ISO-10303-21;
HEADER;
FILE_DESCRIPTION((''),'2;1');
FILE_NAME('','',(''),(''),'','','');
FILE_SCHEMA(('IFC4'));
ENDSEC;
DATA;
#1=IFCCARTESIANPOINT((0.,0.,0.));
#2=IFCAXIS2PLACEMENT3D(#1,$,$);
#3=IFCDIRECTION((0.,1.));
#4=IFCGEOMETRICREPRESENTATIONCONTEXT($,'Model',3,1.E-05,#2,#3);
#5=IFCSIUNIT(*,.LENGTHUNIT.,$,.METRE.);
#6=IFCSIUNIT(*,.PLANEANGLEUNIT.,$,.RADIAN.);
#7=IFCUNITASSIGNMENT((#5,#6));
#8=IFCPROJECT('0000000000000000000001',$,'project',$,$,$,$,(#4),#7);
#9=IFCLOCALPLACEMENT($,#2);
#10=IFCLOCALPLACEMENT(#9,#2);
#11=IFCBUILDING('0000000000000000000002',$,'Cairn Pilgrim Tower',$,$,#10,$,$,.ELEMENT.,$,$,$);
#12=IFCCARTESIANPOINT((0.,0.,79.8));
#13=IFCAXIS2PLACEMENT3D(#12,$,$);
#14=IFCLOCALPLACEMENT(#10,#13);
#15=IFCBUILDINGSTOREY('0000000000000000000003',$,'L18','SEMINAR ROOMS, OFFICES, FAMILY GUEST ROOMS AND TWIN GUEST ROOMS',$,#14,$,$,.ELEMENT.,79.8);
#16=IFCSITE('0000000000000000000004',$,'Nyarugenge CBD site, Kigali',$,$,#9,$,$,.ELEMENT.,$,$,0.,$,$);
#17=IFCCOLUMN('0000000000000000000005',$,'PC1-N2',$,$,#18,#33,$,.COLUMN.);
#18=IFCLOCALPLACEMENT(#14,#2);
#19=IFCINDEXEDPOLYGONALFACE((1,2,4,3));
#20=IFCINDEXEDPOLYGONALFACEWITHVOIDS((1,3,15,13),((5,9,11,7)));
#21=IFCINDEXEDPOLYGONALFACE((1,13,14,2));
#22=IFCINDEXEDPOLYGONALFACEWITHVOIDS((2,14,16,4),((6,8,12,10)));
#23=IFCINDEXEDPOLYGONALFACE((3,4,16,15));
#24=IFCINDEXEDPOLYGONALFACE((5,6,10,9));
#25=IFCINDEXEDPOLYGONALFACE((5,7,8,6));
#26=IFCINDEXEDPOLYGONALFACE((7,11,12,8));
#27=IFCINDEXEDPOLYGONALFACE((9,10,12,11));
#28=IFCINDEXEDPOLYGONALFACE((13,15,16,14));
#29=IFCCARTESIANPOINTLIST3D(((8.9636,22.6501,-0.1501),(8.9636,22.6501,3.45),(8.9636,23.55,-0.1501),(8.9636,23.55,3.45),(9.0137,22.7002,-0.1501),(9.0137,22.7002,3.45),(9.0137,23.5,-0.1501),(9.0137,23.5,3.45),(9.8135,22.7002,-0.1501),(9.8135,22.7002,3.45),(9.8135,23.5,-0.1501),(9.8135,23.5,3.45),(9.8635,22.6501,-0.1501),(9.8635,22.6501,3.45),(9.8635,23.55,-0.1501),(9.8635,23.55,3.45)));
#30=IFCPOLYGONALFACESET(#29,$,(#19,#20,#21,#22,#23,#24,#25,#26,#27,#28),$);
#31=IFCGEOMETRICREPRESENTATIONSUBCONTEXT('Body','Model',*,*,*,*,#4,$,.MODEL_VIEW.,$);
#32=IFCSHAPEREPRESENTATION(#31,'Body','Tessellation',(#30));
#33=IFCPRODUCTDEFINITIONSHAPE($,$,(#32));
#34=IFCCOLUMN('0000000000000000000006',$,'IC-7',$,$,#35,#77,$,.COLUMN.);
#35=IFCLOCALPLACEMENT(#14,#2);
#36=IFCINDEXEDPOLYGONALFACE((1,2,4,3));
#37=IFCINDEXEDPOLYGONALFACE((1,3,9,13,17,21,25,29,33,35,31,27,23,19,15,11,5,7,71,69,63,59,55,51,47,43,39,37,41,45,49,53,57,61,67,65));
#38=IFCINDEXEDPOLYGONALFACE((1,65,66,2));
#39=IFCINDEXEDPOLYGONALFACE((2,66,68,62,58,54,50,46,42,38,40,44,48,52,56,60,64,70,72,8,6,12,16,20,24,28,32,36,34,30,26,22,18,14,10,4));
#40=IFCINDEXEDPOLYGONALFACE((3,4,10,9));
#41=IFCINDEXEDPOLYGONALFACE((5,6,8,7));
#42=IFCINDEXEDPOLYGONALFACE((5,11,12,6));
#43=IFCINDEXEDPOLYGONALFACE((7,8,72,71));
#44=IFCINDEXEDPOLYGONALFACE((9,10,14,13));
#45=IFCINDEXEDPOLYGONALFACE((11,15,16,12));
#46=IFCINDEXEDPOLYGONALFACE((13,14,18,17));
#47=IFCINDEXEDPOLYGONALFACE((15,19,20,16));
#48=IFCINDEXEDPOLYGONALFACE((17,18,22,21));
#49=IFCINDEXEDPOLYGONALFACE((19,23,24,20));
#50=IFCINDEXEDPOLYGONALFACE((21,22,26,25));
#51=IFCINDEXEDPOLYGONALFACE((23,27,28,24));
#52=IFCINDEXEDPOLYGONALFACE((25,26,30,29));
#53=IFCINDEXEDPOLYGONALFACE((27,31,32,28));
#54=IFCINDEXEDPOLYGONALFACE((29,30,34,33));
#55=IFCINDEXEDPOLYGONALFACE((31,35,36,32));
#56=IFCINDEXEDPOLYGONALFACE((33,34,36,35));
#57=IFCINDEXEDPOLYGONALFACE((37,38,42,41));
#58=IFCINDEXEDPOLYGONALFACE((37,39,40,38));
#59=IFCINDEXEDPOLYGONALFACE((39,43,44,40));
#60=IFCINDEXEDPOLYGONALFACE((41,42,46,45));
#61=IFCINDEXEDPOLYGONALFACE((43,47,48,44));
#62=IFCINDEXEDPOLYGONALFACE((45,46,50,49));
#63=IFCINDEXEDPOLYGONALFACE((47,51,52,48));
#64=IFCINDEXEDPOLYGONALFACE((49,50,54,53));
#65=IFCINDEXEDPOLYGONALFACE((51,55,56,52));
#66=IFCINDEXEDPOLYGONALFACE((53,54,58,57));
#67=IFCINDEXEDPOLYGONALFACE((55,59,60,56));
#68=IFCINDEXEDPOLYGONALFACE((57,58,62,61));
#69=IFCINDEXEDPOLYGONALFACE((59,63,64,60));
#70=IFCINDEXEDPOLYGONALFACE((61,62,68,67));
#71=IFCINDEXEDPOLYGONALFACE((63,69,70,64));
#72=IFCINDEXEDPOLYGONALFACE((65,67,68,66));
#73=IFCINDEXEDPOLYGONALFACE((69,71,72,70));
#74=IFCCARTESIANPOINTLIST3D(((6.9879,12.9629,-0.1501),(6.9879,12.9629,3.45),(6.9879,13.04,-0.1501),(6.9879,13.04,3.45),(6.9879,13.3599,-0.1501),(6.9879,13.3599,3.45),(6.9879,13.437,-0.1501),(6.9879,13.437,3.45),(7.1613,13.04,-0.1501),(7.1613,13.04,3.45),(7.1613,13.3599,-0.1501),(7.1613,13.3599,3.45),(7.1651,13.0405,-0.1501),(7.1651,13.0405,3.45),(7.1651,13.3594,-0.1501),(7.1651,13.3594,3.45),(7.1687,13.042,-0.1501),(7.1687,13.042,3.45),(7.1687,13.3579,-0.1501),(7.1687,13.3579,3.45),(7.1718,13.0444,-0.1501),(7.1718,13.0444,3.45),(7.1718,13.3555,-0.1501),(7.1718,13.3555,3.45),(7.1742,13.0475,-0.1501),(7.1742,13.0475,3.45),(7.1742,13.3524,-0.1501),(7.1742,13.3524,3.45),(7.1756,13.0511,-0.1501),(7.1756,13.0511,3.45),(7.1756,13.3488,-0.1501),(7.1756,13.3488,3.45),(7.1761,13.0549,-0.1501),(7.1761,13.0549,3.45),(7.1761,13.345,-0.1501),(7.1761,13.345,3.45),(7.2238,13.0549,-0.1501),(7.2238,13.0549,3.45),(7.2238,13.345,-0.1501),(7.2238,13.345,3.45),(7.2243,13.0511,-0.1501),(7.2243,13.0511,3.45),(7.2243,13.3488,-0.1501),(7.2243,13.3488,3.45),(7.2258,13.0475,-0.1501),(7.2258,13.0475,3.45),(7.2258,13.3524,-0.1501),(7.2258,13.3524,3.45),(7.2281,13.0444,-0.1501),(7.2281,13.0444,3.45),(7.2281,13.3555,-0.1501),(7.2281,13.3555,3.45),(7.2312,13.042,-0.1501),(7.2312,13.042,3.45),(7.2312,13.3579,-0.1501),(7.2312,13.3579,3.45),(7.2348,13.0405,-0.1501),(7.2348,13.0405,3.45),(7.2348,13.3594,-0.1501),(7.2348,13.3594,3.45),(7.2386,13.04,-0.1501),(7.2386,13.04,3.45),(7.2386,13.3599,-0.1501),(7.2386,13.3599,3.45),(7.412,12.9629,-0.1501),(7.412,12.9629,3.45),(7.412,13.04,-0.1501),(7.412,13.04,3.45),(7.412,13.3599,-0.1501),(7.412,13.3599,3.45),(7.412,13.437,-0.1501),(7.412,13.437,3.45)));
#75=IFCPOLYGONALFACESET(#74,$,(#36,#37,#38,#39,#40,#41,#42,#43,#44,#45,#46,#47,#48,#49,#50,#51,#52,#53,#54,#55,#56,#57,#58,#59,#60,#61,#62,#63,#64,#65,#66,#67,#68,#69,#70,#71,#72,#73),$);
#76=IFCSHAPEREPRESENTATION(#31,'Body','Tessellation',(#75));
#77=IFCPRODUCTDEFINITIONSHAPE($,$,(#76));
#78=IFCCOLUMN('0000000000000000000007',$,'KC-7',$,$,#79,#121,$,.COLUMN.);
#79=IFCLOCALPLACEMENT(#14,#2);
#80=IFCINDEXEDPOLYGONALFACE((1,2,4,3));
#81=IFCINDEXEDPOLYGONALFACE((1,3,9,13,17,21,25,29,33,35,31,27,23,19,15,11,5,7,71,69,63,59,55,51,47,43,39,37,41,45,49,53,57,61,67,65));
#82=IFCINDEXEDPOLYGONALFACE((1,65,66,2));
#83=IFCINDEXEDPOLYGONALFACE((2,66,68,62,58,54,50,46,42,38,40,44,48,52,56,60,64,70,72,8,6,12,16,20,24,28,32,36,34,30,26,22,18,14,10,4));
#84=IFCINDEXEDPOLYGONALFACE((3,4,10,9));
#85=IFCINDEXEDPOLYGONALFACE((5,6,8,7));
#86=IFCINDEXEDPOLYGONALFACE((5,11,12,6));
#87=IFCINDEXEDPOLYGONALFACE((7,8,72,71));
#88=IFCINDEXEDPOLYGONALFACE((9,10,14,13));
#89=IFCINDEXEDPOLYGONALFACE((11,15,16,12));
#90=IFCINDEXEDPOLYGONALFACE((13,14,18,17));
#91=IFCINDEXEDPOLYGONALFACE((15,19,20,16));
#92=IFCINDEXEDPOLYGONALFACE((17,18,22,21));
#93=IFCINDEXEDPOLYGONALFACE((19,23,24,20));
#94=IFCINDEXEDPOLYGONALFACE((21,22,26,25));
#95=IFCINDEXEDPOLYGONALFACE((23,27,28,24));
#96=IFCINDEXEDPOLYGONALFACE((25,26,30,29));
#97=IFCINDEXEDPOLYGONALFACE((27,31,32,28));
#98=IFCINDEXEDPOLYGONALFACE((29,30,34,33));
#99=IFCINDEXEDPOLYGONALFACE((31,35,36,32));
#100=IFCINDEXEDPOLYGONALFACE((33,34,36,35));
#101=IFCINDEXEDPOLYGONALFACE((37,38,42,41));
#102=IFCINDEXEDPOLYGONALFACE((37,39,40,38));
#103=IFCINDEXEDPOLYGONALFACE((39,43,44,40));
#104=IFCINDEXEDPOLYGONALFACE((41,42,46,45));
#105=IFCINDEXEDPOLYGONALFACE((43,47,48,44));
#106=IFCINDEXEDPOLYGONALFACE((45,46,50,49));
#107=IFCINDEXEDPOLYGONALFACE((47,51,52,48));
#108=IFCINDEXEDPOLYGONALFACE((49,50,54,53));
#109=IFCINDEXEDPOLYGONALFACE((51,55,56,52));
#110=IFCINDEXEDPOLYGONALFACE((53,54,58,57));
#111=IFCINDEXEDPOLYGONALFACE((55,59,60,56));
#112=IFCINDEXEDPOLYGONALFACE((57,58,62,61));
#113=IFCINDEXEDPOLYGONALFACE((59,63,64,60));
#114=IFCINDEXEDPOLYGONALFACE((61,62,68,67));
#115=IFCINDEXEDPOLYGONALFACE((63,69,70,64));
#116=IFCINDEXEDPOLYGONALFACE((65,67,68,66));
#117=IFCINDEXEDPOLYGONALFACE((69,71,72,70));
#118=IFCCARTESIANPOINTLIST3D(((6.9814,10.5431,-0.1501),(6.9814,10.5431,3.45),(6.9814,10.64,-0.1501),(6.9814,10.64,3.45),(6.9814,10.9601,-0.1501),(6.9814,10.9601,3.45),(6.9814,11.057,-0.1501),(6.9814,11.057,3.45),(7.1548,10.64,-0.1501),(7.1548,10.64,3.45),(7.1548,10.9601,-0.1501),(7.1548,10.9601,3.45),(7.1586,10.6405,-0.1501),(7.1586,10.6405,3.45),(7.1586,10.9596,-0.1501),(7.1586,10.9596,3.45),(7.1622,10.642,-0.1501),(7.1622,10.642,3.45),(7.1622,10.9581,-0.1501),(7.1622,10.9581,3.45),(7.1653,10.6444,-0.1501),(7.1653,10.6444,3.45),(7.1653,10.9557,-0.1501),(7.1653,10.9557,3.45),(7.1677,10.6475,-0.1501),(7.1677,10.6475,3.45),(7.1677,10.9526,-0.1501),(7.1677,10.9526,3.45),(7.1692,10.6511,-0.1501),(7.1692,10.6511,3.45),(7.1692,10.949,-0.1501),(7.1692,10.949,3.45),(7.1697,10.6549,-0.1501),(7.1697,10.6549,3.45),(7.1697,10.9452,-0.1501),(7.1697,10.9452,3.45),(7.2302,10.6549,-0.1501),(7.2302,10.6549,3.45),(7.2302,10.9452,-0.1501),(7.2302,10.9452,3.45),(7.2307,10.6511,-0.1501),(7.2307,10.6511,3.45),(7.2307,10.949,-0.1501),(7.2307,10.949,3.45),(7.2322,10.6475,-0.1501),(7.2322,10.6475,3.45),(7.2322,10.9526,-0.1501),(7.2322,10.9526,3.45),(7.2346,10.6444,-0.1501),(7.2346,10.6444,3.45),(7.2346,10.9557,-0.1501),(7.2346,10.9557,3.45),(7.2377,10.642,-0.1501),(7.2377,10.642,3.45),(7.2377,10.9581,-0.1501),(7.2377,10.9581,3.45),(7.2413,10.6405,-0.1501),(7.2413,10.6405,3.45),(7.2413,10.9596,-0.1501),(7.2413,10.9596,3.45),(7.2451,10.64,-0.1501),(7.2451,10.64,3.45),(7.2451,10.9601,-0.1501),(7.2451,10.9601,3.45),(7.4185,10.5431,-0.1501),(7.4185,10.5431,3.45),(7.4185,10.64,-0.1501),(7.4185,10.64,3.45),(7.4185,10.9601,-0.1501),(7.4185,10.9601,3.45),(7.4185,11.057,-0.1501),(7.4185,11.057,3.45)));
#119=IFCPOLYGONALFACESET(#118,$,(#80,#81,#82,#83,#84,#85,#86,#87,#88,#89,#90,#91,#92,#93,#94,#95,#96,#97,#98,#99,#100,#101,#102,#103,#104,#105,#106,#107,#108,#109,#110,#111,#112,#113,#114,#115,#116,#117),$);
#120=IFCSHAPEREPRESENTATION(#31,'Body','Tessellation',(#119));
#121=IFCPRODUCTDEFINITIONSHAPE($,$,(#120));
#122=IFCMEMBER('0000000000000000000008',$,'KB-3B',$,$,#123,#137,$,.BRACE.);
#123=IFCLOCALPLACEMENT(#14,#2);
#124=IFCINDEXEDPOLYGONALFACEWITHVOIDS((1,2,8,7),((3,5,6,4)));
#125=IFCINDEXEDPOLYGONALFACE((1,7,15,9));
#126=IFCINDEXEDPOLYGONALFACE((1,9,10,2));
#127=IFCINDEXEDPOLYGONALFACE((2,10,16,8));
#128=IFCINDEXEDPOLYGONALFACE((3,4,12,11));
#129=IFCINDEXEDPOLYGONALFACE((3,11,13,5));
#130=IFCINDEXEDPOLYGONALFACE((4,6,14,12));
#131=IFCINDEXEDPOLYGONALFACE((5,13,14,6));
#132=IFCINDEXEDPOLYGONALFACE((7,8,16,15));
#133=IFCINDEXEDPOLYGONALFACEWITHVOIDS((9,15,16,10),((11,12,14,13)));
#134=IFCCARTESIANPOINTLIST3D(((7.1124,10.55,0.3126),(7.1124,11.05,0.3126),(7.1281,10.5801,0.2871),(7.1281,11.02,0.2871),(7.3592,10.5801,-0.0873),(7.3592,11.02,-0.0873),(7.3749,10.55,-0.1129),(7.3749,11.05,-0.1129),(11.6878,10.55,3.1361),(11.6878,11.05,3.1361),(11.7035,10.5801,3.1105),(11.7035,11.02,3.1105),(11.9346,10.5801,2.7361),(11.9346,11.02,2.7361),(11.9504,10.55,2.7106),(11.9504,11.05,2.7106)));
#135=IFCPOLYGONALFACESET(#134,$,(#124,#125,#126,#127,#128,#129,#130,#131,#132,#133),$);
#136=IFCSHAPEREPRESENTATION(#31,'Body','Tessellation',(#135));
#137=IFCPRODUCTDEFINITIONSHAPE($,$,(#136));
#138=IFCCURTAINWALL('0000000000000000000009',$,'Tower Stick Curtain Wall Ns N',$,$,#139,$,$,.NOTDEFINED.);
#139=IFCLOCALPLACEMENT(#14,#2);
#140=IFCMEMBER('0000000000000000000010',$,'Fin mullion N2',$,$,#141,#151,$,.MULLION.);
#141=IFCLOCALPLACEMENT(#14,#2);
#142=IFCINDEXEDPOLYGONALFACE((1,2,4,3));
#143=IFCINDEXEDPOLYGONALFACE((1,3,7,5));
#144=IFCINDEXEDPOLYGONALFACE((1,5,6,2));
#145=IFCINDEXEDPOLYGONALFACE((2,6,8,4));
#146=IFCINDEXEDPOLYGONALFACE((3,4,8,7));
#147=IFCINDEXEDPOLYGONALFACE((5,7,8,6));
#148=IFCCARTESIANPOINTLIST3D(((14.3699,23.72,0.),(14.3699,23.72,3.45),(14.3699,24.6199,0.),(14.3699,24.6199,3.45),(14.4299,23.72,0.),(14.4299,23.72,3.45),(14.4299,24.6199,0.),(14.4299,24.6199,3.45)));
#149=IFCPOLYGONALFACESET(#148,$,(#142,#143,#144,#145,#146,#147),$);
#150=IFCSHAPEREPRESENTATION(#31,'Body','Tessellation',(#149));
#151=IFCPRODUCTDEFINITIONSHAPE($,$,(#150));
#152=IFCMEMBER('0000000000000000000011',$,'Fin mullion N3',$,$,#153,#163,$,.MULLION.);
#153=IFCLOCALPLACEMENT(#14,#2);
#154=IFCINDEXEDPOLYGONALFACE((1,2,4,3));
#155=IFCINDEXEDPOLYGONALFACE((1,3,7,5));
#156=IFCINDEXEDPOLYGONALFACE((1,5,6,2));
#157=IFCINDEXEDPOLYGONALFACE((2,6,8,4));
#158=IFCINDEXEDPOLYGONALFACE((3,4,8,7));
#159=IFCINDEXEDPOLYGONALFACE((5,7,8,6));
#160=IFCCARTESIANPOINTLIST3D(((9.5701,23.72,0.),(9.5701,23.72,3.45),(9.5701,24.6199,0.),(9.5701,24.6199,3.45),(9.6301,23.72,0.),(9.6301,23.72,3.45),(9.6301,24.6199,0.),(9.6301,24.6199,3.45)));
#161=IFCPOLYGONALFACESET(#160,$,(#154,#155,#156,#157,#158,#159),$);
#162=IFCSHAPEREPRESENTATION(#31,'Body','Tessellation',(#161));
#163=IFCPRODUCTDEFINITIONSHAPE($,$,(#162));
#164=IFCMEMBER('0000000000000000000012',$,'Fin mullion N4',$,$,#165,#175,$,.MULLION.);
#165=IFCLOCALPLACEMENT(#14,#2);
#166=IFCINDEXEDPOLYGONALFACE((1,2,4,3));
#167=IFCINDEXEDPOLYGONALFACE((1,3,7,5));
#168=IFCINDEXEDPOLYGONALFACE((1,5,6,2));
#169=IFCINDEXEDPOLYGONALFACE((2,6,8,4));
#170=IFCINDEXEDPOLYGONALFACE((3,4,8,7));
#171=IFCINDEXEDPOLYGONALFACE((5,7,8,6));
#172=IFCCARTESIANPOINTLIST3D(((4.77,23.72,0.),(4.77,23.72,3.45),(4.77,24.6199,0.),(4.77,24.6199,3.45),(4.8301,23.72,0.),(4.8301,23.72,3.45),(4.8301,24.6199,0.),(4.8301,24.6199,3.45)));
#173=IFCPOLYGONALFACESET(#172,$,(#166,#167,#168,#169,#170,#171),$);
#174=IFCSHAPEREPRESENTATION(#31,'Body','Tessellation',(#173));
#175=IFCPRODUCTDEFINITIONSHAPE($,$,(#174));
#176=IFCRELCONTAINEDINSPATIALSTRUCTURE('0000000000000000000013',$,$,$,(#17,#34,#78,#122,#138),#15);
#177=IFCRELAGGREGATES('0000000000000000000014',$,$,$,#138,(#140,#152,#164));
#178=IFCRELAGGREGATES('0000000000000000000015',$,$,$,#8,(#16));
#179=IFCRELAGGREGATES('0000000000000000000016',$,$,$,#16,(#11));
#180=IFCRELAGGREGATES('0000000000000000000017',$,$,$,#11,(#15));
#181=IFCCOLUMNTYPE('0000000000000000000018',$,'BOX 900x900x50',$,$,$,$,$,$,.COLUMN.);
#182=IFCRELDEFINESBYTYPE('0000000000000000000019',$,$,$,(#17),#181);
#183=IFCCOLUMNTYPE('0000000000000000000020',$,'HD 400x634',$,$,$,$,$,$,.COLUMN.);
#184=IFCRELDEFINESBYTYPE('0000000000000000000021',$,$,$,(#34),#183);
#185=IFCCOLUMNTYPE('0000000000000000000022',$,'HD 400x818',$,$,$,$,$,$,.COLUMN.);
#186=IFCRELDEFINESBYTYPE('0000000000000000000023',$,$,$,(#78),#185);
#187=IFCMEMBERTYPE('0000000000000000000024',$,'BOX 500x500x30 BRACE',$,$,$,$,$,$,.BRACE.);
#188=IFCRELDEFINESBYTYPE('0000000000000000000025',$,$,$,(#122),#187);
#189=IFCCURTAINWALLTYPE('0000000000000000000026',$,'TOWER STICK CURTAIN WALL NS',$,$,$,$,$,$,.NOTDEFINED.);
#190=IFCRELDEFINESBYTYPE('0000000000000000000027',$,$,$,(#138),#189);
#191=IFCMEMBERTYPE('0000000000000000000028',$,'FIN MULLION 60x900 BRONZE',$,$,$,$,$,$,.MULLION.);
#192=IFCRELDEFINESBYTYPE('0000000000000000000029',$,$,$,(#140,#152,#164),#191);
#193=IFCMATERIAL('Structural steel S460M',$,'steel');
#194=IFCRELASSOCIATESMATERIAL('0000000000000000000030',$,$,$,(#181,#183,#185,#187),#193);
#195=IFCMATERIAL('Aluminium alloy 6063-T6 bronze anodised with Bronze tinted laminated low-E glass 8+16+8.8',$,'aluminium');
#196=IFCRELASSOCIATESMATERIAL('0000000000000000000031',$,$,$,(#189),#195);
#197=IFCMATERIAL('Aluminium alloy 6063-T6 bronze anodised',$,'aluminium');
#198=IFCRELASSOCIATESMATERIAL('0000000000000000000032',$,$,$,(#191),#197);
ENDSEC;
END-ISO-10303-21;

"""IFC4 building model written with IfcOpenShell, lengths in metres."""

from ifc_helpers import new_model, si_unit, direction, frame, origin, origin_2d, place, context, subcontext, project, spatial, rectangle, hollow_rectangle, i_section, extrude, material, material_profile, profile_set, type_object, element, aggregate, save


model = new_model("IFC4")

# Units and contexts
model_context = context("Model", 3, precision=1e-05, world=origin(), true_north=direction((0.0, 1.0)))
body_context = subcontext(model_context, "Body", "Model", "MODEL_VIEW")
ifc_project = project(units=[si_unit("LENGTHUNIT", "METRE"), si_unit("PLANEANGLEUNIT", "RADIAN")], contexts=[model_context])

# Site, building, storey
site_placement = place(None, origin())
site = spatial("IfcSite", under=ifc_project, at=site_placement, Name="Nyarugenge CBD site, Kigali", CompositionType="ELEMENT", RefElevation=0.0)
building_placement = place(site_placement, origin())
building = spatial("IfcBuilding", under=site, at=building_placement, Name="Cairn Pilgrim Tower", CompositionType="ELEMENT")
storey_placement = place(building_placement, frame((0.0, 0.0, 79.8)))
storey = spatial("IfcBuildingStorey", under=building, at=storey_placement, Name="L18", Description="SEMINAR ROOMS, OFFICES, FAMILY GUEST ROOMS AND TWIN GUEST ROOMS", CompositionType="ELEMENT", Elevation=79.8)

# Columns
ifc_material_1 = material(Name="Structural steel S460M", Category="steel")
ifc_material_profile_1 = material_profile(ifc_material_1, hollow_rectangle(XDim=0.8999, YDim=0.8999, WallThickness=0.05, at=origin_2d()), Name="BOX 900x900x50")
ifc_profile_set_1 = profile_set([ifc_material_profile_1], Name="Structural steel S460M")
column_type_1 = type_object("IfcColumnType", Name="BOX 900x900x50", PredefinedType="COLUMN", material=ifc_profile_set_1)
column_1_placement = place(storey_placement, frame((9.4136, 23.1001, -0.1501), z_axis=(0.0, 0.0, 1.0), x_axis=(1.0, 0.0, 0.0)))
element("IfcColumn", 1, at=column_1_placement, inside=storey, type_object=column_type_1, Name="PC1-N2", PredefinedType="COLUMN", context=body_context, shape_type="SweptSolid", body=[
    extrude(hollow_rectangle(XDim=0.8999, YDim=0.8999, WallThickness=0.05, at=origin_2d()), origin(), (0.0, 0.0, 1.0), 3.6001),
])
ifc_material_profile_2 = material_profile(ifc_material_1, i_section(OverallWidth=0.4241, OverallDepth=0.4741, WebThickness=0.0476, FlangeThickness=0.0771, FilletRadius=0.0149, at=origin_2d()), Name="HD 400x634")
ifc_profile_set_2 = profile_set([ifc_material_profile_2], Name="Structural steel S460M")
column_type_2 = type_object("IfcColumnType", Name="HD 400x634", PredefinedType="COLUMN", material=ifc_profile_set_2)
column_2_placement = place(storey_placement, frame((7.2, 13.2, -0.1501), z_axis=(0.0, 0.0, 1.0), x_axis=(1.0, 0.0, 0.0)))
element("IfcColumn", 2, at=column_2_placement, inside=storey, type_object=column_type_2, Name="IC-7", PredefinedType="COLUMN", context=body_context, shape_type="SweptSolid", body=[
    extrude(i_section(OverallWidth=0.4241, OverallDepth=0.4741, WebThickness=0.0476, FlangeThickness=0.0771, FilletRadius=0.0149, at=origin_2d()), origin(), (0.0, 0.0, 1.0), 3.6001),
])
ifc_material_profile_3 = material_profile(ifc_material_1, i_section(OverallWidth=0.437, OverallDepth=0.5139, WebThickness=0.0605, FlangeThickness=0.0969, FilletRadius=0.0149, at=origin_2d()), Name="HD 400x818")
ifc_profile_set_3 = profile_set([ifc_material_profile_3], Name="Structural steel S460M")
column_type_3 = type_object("IfcColumnType", Name="HD 400x818", PredefinedType="COLUMN", material=ifc_profile_set_3)
column_3_placement = place(storey_placement, frame((7.2, 10.8, -0.1501), z_axis=(0.0, 0.0, 1.0), x_axis=(1.0, 0.0, 0.0)))
element("IfcColumn", 3, at=column_3_placement, inside=storey, type_object=column_type_3, Name="KC-7", PredefinedType="COLUMN", context=body_context, shape_type="SweptSolid", body=[
    extrude(i_section(OverallWidth=0.437, OverallDepth=0.5139, WebThickness=0.0605, FlangeThickness=0.0969, FilletRadius=0.0149, at=origin_2d()), origin(), (0.0, 0.0, 1.0), 3.6001),
])

# Member
ifc_material_profile_4 = material_profile(ifc_material_1, hollow_rectangle(XDim=0.5, YDim=0.5, WallThickness=0.03, at=origin_2d()), Name="BOX 500x500x30")
ifc_profile_set_4 = profile_set([ifc_material_profile_4], Name="Structural steel S460M")
member_type_1 = type_object("IfcMemberType", Name="BOX 500x500x30 BRACE", PredefinedType="BRACE", material=ifc_profile_set_4)
member_1_placement = place(storey_placement, frame((7.2437, 10.8, 0.0999), z_axis=(0.851008, 0.0, 0.525154), x_axis=(0.0, 1.0, 0.0)))
element("IfcMember", 4, at=member_1_placement, inside=storey, type_object=member_type_1, Name="KB-3B", PredefinedType="BRACE", context=body_context, shape_type="SweptSolid", body=[
    extrude(hollow_rectangle(XDim=0.5, YDim=0.5, WallThickness=0.03, at=origin_2d()), origin(), (0.0, 0.0, 1.0), 5.3765),
])

# Curtain wall, members
ifc_material_2 = material(Name="Aluminium alloy 6063-T6 bronze anodised with Bronze tinted laminated low-E glass 8+16+8.8", Category="aluminium")
curtain_wall_type = type_object("IfcCurtainWallType", Name="TOWER STICK CURTAIN WALL NS", PredefinedType="NOTDEFINED", material=ifc_material_2)
curtain_wall_placement = place(storey_placement, origin())
curtain_wall = element("IfcCurtainWall", 5, at=curtain_wall_placement, inside=storey, type_object=curtain_wall_type, Name="Tower Stick Curtain Wall Ns N", PredefinedType="NOTDEFINED")
ifc_material_3 = material(Name="Aluminium alloy 6063-T6 bronze anodised", Category="aluminium")
ifc_material_profile_5 = material_profile(ifc_material_3, rectangle(XDim=0.8999, YDim=0.0601, at=origin_2d()), Name="FIN MULLION 60x900 BRONZE")
ifc_profile_set_5 = profile_set([ifc_material_profile_5], Name="Aluminium alloy 6063-T6 bronze anodised")
member_type_2 = type_object("IfcMemberType", Name="FIN MULLION 60x900 BRONZE", PredefinedType="MULLION", material=ifc_profile_set_5)
member_2_placement = place(storey_placement, frame((14.3999, 24.1699, 0.0), z_axis=(0.0, 0.0, 1.0), x_axis=(0.0, 1.0, 0.0)))
member_2 = element("IfcMember", 6, at=member_2_placement, type_object=member_type_2, Name="Fin mullion N2", PredefinedType="MULLION", context=body_context, shape_type="SweptSolid", body=[
    extrude(rectangle(XDim=0.8999, YDim=0.0601, at=origin_2d()), origin(), (0.0, 0.0, 1.0), 3.45),
])
member_3_placement = place(storey_placement, frame((9.6001, 24.1699, 0.0), z_axis=(0.0, 0.0, 1.0), x_axis=(0.0, 1.0, 0.0)))
member_3 = element("IfcMember", 7, at=member_3_placement, type_object=member_type_2, Name="Fin mullion N3", PredefinedType="MULLION", context=body_context, shape_type="SweptSolid", body=[
    extrude(rectangle(XDim=0.8999, YDim=0.0601, at=origin_2d()), origin(), (0.0, 0.0, 1.0), 3.45),
])
member_4_placement = place(storey_placement, frame((4.8, 24.1699, 0.0), z_axis=(0.0, 0.0, 1.0), x_axis=(0.0, 1.0, 0.0)))
member_4 = element("IfcMember", 8, at=member_4_placement, type_object=member_type_2, Name="Fin mullion N4", PredefinedType="MULLION", context=body_context, shape_type="SweptSolid", body=[
    extrude(rectangle(XDim=0.8999, YDim=0.0601, at=origin_2d()), origin(), (0.0, 0.0, 1.0), 3.45),
])

aggregate(curtain_wall, [member_2, member_3, member_4])

save(model, "model.ifc")
